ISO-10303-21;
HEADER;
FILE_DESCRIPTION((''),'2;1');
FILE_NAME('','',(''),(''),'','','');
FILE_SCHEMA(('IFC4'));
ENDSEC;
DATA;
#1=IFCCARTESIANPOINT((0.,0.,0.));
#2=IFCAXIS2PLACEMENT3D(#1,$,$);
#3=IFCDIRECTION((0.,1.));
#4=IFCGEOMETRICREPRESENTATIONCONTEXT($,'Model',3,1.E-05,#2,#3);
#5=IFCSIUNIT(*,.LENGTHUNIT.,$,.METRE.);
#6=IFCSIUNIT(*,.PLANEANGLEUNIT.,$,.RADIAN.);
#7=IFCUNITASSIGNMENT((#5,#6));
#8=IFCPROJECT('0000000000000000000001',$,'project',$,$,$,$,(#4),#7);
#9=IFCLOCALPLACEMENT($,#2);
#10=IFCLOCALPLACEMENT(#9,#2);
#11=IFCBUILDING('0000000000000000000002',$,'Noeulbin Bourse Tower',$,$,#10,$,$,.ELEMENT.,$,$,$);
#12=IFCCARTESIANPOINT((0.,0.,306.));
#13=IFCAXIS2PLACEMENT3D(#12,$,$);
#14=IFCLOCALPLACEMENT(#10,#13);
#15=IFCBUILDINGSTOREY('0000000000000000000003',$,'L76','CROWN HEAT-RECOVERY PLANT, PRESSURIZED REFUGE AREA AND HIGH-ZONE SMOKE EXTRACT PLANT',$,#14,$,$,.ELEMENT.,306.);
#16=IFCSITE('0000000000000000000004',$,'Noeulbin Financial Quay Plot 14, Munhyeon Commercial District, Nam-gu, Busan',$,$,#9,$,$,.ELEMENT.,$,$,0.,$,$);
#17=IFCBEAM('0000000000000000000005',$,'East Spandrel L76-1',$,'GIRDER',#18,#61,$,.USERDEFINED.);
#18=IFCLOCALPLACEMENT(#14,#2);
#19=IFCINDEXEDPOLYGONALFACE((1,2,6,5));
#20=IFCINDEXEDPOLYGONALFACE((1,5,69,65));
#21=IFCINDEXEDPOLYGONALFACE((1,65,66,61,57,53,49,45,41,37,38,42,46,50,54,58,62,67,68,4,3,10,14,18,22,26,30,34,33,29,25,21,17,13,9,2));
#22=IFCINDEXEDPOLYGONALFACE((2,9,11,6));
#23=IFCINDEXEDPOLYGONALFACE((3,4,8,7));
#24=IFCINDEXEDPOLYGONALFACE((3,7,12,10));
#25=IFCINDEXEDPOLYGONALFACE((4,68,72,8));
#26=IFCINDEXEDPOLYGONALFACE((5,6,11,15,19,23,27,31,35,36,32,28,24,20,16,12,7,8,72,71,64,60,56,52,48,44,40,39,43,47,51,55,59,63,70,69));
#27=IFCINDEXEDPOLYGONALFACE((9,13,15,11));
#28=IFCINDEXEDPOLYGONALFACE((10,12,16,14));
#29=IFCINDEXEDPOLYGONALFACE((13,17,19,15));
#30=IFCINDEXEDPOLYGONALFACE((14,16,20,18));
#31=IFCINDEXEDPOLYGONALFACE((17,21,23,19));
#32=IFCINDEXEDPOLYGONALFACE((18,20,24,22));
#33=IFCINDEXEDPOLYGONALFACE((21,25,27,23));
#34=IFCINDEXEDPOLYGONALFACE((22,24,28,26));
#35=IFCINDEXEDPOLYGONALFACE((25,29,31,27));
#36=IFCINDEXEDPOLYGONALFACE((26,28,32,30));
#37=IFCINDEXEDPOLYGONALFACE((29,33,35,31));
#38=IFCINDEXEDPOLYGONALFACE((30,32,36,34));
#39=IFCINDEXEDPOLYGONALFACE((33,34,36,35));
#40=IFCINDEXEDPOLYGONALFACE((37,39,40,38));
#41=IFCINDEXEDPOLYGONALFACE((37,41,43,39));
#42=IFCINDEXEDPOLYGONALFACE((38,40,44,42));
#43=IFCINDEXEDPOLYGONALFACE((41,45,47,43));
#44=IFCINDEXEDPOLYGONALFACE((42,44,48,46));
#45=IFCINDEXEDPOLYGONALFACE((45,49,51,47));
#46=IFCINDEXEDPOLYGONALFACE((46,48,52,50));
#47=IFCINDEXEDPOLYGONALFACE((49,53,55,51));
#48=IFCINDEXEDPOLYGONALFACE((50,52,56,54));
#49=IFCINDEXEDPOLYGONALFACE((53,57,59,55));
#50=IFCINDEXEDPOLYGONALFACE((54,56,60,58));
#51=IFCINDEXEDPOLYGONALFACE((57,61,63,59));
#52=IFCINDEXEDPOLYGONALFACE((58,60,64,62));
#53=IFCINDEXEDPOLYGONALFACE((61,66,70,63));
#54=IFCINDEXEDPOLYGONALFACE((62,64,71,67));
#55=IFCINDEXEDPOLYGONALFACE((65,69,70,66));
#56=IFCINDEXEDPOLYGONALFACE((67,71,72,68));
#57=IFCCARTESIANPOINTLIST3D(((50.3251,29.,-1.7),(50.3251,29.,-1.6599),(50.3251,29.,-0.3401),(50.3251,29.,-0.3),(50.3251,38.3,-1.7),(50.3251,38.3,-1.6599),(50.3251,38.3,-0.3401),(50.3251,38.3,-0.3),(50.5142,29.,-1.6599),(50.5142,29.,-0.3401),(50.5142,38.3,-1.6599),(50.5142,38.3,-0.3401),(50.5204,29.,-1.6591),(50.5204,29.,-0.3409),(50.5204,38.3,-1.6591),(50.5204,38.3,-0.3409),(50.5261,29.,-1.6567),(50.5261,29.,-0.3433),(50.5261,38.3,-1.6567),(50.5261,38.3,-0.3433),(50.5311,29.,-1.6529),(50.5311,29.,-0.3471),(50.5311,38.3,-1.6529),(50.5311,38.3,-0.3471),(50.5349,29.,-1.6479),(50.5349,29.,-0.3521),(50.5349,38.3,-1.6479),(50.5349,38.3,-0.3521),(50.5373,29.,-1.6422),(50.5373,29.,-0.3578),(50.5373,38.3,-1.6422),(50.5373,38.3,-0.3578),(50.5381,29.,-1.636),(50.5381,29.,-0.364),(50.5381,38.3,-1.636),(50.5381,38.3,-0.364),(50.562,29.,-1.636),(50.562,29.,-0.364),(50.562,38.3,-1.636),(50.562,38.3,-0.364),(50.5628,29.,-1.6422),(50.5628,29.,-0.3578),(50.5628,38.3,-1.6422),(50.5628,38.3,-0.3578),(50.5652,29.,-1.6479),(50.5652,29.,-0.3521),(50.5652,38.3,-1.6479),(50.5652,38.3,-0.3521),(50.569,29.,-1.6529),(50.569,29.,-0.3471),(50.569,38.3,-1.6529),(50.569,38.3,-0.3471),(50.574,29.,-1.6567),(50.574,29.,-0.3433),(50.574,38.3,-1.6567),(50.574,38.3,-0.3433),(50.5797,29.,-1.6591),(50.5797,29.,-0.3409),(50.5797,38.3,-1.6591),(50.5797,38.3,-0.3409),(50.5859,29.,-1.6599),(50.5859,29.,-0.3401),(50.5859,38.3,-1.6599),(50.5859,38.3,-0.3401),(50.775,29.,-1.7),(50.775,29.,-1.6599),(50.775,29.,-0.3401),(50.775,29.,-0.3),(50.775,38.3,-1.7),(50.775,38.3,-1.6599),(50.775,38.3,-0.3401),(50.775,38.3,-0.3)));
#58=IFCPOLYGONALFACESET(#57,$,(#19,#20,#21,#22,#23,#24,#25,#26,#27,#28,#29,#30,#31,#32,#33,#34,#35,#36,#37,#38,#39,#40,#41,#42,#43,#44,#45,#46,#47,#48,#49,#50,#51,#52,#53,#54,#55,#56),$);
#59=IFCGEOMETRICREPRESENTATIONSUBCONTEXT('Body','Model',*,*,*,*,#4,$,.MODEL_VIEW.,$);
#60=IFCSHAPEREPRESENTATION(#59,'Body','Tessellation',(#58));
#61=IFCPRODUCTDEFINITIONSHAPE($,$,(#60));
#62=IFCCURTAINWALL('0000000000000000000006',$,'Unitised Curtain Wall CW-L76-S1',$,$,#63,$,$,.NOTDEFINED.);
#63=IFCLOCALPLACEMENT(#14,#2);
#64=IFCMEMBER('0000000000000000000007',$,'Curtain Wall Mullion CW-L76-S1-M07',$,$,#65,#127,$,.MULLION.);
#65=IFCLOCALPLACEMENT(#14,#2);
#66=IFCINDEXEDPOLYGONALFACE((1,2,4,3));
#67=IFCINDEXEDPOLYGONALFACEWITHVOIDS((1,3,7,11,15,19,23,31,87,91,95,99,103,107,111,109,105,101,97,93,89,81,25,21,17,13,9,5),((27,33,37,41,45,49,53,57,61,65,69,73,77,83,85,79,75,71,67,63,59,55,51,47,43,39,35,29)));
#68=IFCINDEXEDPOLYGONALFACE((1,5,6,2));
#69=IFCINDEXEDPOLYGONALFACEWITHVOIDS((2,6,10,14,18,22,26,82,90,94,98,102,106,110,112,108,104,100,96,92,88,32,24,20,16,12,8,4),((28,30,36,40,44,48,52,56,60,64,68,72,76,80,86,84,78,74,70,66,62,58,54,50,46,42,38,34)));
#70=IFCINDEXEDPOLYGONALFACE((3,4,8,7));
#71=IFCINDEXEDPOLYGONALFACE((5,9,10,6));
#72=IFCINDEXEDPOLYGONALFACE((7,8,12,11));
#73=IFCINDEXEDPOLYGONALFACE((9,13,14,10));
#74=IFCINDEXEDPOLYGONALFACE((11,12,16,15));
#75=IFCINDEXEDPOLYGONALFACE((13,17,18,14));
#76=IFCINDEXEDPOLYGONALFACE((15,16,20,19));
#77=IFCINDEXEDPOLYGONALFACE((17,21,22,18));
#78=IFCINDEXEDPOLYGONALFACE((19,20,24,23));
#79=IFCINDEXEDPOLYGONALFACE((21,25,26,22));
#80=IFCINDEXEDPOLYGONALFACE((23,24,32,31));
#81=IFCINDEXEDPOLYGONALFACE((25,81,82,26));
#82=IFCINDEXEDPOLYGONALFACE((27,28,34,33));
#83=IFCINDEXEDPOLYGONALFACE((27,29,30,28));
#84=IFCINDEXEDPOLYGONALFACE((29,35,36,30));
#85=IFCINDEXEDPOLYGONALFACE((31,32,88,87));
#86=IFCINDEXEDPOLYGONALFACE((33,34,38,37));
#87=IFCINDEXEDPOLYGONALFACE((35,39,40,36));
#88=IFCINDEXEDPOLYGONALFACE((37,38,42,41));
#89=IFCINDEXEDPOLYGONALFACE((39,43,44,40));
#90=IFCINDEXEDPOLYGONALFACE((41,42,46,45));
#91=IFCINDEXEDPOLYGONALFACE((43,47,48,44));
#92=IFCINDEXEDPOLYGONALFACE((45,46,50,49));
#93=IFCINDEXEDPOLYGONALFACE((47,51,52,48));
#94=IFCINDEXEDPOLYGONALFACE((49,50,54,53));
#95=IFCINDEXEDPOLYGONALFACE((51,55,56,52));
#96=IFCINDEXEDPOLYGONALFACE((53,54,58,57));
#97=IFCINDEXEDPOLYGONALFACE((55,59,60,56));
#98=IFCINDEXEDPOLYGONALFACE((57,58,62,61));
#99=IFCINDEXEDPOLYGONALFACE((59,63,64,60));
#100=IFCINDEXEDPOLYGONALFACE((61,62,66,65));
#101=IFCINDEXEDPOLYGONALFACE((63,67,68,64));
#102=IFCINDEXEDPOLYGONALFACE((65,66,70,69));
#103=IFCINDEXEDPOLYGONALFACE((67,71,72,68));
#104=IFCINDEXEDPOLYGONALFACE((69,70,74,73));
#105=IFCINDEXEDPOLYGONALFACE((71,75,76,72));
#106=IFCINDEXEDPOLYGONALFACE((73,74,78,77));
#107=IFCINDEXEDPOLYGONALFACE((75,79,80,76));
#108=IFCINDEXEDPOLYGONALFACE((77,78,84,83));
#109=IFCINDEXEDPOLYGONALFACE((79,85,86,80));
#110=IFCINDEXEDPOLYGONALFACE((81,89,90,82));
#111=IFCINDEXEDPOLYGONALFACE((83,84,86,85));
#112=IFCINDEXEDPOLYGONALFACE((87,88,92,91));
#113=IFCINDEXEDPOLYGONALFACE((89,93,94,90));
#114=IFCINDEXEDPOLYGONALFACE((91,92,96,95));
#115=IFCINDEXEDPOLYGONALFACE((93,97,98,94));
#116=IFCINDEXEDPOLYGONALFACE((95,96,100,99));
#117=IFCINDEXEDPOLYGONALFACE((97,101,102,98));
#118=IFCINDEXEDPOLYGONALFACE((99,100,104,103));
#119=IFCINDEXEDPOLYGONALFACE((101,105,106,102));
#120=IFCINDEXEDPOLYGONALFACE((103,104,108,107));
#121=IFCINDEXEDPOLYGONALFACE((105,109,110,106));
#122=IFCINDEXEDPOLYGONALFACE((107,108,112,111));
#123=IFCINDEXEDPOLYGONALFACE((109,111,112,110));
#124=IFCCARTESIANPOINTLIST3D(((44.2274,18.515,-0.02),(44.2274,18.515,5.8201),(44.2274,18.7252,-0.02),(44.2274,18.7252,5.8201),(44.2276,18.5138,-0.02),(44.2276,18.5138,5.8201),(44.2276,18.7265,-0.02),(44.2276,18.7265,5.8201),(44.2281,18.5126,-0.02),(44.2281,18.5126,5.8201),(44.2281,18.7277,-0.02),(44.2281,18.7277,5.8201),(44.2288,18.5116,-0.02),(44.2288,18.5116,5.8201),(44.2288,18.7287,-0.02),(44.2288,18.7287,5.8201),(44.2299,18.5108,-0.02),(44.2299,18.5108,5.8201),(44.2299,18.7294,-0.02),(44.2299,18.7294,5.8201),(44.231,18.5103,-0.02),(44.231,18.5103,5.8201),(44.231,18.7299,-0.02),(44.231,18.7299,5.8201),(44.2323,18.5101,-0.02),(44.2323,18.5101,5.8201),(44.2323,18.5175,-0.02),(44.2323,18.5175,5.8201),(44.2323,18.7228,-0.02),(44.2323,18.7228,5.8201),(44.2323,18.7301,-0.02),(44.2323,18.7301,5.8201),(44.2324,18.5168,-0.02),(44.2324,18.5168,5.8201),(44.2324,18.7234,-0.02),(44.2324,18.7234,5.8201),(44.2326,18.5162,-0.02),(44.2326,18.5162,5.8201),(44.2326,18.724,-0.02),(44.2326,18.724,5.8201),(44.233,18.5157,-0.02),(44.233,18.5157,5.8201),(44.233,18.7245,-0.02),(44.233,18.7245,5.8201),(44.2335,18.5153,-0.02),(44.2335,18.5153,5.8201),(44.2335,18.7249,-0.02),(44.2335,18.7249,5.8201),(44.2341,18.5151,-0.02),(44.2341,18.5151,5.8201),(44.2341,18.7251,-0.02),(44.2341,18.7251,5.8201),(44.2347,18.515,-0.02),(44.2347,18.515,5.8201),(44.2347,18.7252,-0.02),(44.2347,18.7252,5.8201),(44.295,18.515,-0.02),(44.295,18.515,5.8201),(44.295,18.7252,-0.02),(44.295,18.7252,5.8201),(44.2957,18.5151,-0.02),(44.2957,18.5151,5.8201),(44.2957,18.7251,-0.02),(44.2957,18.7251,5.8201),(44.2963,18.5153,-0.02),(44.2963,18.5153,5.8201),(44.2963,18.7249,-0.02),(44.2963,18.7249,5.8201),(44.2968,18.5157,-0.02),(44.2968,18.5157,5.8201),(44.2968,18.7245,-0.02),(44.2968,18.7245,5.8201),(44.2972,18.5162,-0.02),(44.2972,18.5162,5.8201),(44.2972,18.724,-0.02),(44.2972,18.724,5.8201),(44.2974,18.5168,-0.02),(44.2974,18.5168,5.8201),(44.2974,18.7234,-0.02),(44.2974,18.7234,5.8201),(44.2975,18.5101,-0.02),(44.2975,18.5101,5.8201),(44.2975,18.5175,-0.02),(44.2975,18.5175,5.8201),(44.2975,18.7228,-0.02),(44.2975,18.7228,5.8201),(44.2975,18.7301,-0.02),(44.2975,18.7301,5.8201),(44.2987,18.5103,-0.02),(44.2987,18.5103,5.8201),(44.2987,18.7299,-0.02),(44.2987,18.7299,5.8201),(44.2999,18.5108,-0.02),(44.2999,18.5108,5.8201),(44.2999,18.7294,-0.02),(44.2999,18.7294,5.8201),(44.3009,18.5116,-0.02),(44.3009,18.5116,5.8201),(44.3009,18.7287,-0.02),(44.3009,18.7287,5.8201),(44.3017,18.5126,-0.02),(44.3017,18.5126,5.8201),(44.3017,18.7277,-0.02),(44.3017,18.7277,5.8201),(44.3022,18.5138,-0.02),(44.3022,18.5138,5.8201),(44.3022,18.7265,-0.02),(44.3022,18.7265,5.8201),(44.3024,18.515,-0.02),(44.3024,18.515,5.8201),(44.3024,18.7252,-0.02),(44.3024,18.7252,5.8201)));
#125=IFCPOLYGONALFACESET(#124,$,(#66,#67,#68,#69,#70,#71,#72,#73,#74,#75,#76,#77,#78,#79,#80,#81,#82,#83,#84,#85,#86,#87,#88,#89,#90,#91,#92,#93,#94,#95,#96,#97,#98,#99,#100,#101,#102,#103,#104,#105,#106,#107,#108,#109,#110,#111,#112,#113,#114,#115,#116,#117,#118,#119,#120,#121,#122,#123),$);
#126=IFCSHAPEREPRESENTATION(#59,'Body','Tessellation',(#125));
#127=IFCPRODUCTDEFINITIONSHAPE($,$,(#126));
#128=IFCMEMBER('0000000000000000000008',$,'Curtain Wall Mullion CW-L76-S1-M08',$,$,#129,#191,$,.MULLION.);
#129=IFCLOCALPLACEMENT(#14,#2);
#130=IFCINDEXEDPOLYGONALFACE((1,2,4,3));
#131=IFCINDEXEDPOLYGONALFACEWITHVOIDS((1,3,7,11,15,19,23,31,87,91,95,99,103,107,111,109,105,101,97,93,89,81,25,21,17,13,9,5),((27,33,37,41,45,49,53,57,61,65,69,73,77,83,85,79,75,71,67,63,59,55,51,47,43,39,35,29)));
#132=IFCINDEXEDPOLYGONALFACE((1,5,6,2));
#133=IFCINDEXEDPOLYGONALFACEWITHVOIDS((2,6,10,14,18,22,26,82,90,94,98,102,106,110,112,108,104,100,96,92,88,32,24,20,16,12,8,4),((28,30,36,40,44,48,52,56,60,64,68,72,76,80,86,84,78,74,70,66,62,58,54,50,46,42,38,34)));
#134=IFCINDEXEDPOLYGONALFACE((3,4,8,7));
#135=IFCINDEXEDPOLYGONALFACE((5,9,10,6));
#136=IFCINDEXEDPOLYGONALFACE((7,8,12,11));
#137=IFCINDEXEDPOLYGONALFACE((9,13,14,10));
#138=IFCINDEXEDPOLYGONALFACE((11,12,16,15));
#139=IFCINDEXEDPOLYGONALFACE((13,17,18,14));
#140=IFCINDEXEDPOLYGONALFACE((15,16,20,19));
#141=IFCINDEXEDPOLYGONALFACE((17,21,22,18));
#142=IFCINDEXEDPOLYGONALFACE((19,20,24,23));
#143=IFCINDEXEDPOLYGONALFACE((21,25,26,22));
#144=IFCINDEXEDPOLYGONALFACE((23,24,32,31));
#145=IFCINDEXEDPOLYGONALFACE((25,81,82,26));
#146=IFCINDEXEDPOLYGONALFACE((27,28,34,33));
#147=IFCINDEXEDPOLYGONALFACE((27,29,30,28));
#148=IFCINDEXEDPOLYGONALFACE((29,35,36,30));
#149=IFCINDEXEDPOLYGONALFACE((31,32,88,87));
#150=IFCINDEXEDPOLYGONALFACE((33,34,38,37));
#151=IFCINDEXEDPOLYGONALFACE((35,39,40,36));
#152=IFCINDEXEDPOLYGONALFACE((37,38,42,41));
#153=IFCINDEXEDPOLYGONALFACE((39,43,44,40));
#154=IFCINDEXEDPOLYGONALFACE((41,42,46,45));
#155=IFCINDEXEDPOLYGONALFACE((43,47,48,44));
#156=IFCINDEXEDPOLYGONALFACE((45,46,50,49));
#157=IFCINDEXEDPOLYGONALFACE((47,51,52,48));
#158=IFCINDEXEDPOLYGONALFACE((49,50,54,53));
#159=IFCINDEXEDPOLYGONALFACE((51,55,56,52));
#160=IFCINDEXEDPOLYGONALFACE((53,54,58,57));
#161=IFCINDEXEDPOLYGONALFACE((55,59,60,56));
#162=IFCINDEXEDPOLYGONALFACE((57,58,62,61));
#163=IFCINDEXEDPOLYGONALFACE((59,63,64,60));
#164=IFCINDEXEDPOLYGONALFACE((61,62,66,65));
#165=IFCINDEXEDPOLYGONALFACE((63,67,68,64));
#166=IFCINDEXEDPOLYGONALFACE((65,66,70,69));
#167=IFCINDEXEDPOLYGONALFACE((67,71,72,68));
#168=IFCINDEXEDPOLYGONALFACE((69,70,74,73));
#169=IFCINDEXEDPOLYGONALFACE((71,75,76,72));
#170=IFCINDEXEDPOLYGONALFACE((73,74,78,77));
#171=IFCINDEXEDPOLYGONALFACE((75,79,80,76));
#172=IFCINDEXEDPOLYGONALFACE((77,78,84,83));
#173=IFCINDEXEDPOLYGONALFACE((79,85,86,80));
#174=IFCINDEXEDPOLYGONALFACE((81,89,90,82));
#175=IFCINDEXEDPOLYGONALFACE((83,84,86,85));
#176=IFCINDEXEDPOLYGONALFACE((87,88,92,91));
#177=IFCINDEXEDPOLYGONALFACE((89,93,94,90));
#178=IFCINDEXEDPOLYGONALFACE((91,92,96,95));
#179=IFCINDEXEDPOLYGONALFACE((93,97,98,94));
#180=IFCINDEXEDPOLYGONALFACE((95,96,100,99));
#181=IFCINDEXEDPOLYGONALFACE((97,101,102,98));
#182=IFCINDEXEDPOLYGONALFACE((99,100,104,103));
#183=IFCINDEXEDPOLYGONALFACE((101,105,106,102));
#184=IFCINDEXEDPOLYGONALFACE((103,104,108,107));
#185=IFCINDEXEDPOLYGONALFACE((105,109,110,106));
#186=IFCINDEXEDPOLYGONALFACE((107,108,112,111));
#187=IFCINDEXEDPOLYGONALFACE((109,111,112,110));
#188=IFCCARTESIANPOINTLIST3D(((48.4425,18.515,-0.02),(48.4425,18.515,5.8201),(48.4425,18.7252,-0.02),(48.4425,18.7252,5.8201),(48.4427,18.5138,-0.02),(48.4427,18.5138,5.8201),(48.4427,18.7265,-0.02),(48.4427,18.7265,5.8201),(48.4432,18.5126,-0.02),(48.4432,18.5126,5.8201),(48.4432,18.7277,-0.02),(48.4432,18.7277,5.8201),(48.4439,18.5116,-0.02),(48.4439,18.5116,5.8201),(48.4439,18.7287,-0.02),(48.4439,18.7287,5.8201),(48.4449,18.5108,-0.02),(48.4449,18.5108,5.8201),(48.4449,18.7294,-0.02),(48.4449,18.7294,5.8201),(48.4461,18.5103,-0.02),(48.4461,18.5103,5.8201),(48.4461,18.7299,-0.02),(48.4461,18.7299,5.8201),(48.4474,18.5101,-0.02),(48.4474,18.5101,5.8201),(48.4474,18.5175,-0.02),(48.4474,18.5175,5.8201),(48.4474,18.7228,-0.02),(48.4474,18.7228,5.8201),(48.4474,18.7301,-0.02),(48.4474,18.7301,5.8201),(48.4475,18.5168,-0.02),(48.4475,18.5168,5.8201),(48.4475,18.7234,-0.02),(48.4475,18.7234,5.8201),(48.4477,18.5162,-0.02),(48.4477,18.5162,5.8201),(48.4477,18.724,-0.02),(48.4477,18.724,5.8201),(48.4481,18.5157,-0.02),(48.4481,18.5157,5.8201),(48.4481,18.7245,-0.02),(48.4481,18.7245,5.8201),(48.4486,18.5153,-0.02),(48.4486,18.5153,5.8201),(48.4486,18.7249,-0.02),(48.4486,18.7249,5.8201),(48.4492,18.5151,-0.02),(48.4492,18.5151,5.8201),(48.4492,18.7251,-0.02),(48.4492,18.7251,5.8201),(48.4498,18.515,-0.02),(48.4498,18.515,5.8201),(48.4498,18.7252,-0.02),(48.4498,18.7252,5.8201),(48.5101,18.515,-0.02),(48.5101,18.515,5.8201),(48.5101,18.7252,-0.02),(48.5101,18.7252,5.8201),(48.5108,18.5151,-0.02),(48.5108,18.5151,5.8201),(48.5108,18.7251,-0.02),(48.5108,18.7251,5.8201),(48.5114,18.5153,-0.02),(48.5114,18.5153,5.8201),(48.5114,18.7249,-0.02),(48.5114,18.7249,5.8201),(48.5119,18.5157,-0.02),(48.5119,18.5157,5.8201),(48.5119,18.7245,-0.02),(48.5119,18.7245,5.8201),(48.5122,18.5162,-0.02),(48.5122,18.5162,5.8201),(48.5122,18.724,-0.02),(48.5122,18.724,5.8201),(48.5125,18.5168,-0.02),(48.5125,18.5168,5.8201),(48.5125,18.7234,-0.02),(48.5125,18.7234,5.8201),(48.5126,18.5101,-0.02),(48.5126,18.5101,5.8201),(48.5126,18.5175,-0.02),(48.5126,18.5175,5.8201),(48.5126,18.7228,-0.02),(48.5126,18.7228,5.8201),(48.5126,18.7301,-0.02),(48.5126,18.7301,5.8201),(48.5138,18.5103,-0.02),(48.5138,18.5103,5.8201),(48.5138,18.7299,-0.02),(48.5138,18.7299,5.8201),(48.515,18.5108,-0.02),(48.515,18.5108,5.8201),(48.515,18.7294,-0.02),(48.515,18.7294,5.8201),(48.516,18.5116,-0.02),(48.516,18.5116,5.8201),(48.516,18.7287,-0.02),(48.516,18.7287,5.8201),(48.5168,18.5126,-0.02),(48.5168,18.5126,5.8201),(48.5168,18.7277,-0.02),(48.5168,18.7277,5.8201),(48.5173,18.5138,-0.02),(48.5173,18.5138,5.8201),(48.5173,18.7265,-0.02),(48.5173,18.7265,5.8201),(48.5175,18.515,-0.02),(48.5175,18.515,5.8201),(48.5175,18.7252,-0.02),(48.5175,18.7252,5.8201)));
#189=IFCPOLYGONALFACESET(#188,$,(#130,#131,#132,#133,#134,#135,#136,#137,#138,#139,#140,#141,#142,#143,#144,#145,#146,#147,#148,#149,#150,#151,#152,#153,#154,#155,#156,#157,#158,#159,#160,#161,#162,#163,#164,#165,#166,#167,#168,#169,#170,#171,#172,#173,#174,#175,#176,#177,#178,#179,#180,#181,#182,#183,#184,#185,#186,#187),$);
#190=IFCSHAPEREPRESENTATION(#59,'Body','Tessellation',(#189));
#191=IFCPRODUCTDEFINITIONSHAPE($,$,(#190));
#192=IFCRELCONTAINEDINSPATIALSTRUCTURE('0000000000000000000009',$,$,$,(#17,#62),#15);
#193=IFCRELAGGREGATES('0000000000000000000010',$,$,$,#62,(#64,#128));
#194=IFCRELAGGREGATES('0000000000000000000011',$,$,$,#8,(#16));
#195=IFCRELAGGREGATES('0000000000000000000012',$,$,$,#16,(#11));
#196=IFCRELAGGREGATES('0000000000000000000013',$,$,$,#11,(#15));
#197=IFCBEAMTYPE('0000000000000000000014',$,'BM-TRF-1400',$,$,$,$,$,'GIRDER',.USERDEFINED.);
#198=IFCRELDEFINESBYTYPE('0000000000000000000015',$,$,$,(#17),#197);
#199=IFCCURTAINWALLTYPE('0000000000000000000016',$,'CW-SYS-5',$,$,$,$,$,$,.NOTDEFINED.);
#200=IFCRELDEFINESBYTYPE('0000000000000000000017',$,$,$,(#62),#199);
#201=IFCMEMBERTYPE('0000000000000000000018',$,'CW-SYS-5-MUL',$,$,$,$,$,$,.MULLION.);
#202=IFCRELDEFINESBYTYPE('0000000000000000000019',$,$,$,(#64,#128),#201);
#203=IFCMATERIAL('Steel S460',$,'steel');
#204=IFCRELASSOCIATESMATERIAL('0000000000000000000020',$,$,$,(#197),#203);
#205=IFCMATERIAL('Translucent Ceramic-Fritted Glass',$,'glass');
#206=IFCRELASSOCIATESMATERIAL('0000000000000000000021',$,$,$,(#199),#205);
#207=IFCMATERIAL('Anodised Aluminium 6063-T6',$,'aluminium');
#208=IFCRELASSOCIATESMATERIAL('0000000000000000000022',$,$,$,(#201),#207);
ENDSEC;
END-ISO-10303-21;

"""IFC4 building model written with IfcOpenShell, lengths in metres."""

from ifc_helpers import new_model, si_unit, direction, frame, origin, origin_2d, place, context, subcontext, project, spatial, hollow_rectangle, i_section, extrude, material, material_profile, profile_set, type_object, element, aggregate, save


model = new_model("IFC4")

# Units and contexts
model_context = context("Model", 3, precision=1e-05, world=origin(), true_north=direction((0.0, 1.0)))
body_context = subcontext(model_context, "Body", "Model", "MODEL_VIEW")
ifc_project = project(units=[si_unit("LENGTHUNIT", "METRE"), si_unit("PLANEANGLEUNIT", "RADIAN")], contexts=[model_context])

# Site, building, storey
site_placement = place(None, origin())
site = spatial("IfcSite", under=ifc_project, at=site_placement, Name="Noeulbin Financial Quay Plot 14, Munhyeon Commercial District, Nam-gu, Busan", CompositionType="ELEMENT", RefElevation=0.0)
building_placement = place(site_placement, origin())
building = spatial("IfcBuilding", under=site, at=building_placement, Name="Noeulbin Bourse Tower", CompositionType="ELEMENT")
storey_placement = place(building_placement, frame((0.0, 0.0, 306.0)))
storey = spatial("IfcBuildingStorey", under=building, at=storey_placement, Name="L76", Description="CROWN HEAT-RECOVERY PLANT, PRESSURIZED REFUGE AREA AND HIGH-ZONE SMOKE EXTRACT PLANT", CompositionType="ELEMENT", Elevation=306.0)

# Beam
ifc_material_1 = material(Name="Steel S460", Category="steel")
ifc_material_profile_1 = material_profile(ifc_material_1, i_section(OverallWidth=0.45, OverallDepth=1.3999, WebThickness=0.0239, FlangeThickness=0.04, FilletRadius=0.0239, at=origin_2d()), Name="PG-1400x450x24x40", Category="LoadBearing")
ifc_profile_set_1 = profile_set([ifc_material_profile_1], Name="Steel S460")
beam_type_1 = type_object("IfcBeamType", Name="BM-TRF-1400", ElementType="GIRDER", PredefinedType="USERDEFINED", material=ifc_profile_set_1)
for number, where, z_axis, x_axis, name in (
    (1, (50.55, 29.0, -1.0), (0.0, 1.0, 0.0), (-1.0, 0.0, 0.0), "East Spandrel L76-1"),
):
    element("IfcBeam", number, at=place(storey_placement, frame(where, z_axis=z_axis, x_axis=x_axis)), inside=storey, type_object=beam_type_1, Name=name, ObjectType="GIRDER", PredefinedType="USERDEFINED", context=body_context, shape_type="SweptSolid", body=[
        extrude(i_section(OverallWidth=0.45, OverallDepth=1.3999, WebThickness=0.0239, FlangeThickness=0.04, FilletRadius=0.0239, at=origin_2d()), origin(), (0.0, 0.0, 1.0), 9.3),
    ])

# Curtain wall, members
ifc_material_2 = material(Name="Translucent Ceramic-Fritted Glass", Category="glass")
curtain_wall_type = type_object("IfcCurtainWallType", Name="CW-SYS-5", PredefinedType="NOTDEFINED", material=ifc_material_2)
curtain_wall_1_placement = place(storey_placement, origin())
curtain_wall_1 = element("IfcCurtainWall", 2, at=curtain_wall_1_placement, inside=storey, type_object=curtain_wall_type, Name="Unitised Curtain Wall CW-L76-S1", PredefinedType="NOTDEFINED")
ifc_material_3 = material(Name="Anodised Aluminium 6063-T6", Category="aluminium")
ifc_material_profile_2 = material_profile(ifc_material_3, hollow_rectangle(XDim=0.075, YDim=0.22, WallThickness=0.0049, InnerFilletRadius=0.0024, OuterFilletRadius=0.0049, at=origin_2d()), Name="ALU-MULL-75x220x5", Category="LoadBearing")
ifc_profile_set_2 = profile_set([ifc_material_profile_2], Name="Anodised Aluminium 6063-T6")
member_type_1 = type_object("IfcMemberType", Name="CW-SYS-5-MUL", PredefinedType="MULLION", material=ifc_profile_set_2)
member_1_placement = place(storey_placement, frame((44.2649, 18.6201, -0.02), z_axis=(0.0, 0.0, 1.0), x_axis=(1.0, 0.0, 0.0)))
member_1 = element("IfcMember", 3, at=member_1_placement, type_object=member_type_1, Name="Curtain Wall Mullion CW-L76-S1-M07", PredefinedType="MULLION", context=body_context, shape_type="SweptSolid", body=[
    extrude(hollow_rectangle(XDim=0.075, YDim=0.22, WallThickness=0.0049, InnerFilletRadius=0.0024, OuterFilletRadius=0.0049, at=origin_2d()), origin(), (0.0, 0.0, 1.0), 5.8401),
])
member_2_placement = place(storey_placement, frame((48.48, 18.6201, -0.02), z_axis=(0.0, 0.0, 1.0), x_axis=(1.0, 0.0, 0.0)))
member_2 = element("IfcMember", 4, at=member_2_placement, type_object=member_type_1, Name="Curtain Wall Mullion CW-L76-S1-M08", PredefinedType="MULLION", context=body_context, shape_type="SweptSolid", body=[
    extrude(hollow_rectangle(XDim=0.075, YDim=0.22, WallThickness=0.0049, InnerFilletRadius=0.0024, OuterFilletRadius=0.0049, at=origin_2d()), origin(), (0.0, 0.0, 1.0), 5.8401),
])

aggregate(curtain_wall_1, [member_1, member_2])

save(model, "model.ifc")
